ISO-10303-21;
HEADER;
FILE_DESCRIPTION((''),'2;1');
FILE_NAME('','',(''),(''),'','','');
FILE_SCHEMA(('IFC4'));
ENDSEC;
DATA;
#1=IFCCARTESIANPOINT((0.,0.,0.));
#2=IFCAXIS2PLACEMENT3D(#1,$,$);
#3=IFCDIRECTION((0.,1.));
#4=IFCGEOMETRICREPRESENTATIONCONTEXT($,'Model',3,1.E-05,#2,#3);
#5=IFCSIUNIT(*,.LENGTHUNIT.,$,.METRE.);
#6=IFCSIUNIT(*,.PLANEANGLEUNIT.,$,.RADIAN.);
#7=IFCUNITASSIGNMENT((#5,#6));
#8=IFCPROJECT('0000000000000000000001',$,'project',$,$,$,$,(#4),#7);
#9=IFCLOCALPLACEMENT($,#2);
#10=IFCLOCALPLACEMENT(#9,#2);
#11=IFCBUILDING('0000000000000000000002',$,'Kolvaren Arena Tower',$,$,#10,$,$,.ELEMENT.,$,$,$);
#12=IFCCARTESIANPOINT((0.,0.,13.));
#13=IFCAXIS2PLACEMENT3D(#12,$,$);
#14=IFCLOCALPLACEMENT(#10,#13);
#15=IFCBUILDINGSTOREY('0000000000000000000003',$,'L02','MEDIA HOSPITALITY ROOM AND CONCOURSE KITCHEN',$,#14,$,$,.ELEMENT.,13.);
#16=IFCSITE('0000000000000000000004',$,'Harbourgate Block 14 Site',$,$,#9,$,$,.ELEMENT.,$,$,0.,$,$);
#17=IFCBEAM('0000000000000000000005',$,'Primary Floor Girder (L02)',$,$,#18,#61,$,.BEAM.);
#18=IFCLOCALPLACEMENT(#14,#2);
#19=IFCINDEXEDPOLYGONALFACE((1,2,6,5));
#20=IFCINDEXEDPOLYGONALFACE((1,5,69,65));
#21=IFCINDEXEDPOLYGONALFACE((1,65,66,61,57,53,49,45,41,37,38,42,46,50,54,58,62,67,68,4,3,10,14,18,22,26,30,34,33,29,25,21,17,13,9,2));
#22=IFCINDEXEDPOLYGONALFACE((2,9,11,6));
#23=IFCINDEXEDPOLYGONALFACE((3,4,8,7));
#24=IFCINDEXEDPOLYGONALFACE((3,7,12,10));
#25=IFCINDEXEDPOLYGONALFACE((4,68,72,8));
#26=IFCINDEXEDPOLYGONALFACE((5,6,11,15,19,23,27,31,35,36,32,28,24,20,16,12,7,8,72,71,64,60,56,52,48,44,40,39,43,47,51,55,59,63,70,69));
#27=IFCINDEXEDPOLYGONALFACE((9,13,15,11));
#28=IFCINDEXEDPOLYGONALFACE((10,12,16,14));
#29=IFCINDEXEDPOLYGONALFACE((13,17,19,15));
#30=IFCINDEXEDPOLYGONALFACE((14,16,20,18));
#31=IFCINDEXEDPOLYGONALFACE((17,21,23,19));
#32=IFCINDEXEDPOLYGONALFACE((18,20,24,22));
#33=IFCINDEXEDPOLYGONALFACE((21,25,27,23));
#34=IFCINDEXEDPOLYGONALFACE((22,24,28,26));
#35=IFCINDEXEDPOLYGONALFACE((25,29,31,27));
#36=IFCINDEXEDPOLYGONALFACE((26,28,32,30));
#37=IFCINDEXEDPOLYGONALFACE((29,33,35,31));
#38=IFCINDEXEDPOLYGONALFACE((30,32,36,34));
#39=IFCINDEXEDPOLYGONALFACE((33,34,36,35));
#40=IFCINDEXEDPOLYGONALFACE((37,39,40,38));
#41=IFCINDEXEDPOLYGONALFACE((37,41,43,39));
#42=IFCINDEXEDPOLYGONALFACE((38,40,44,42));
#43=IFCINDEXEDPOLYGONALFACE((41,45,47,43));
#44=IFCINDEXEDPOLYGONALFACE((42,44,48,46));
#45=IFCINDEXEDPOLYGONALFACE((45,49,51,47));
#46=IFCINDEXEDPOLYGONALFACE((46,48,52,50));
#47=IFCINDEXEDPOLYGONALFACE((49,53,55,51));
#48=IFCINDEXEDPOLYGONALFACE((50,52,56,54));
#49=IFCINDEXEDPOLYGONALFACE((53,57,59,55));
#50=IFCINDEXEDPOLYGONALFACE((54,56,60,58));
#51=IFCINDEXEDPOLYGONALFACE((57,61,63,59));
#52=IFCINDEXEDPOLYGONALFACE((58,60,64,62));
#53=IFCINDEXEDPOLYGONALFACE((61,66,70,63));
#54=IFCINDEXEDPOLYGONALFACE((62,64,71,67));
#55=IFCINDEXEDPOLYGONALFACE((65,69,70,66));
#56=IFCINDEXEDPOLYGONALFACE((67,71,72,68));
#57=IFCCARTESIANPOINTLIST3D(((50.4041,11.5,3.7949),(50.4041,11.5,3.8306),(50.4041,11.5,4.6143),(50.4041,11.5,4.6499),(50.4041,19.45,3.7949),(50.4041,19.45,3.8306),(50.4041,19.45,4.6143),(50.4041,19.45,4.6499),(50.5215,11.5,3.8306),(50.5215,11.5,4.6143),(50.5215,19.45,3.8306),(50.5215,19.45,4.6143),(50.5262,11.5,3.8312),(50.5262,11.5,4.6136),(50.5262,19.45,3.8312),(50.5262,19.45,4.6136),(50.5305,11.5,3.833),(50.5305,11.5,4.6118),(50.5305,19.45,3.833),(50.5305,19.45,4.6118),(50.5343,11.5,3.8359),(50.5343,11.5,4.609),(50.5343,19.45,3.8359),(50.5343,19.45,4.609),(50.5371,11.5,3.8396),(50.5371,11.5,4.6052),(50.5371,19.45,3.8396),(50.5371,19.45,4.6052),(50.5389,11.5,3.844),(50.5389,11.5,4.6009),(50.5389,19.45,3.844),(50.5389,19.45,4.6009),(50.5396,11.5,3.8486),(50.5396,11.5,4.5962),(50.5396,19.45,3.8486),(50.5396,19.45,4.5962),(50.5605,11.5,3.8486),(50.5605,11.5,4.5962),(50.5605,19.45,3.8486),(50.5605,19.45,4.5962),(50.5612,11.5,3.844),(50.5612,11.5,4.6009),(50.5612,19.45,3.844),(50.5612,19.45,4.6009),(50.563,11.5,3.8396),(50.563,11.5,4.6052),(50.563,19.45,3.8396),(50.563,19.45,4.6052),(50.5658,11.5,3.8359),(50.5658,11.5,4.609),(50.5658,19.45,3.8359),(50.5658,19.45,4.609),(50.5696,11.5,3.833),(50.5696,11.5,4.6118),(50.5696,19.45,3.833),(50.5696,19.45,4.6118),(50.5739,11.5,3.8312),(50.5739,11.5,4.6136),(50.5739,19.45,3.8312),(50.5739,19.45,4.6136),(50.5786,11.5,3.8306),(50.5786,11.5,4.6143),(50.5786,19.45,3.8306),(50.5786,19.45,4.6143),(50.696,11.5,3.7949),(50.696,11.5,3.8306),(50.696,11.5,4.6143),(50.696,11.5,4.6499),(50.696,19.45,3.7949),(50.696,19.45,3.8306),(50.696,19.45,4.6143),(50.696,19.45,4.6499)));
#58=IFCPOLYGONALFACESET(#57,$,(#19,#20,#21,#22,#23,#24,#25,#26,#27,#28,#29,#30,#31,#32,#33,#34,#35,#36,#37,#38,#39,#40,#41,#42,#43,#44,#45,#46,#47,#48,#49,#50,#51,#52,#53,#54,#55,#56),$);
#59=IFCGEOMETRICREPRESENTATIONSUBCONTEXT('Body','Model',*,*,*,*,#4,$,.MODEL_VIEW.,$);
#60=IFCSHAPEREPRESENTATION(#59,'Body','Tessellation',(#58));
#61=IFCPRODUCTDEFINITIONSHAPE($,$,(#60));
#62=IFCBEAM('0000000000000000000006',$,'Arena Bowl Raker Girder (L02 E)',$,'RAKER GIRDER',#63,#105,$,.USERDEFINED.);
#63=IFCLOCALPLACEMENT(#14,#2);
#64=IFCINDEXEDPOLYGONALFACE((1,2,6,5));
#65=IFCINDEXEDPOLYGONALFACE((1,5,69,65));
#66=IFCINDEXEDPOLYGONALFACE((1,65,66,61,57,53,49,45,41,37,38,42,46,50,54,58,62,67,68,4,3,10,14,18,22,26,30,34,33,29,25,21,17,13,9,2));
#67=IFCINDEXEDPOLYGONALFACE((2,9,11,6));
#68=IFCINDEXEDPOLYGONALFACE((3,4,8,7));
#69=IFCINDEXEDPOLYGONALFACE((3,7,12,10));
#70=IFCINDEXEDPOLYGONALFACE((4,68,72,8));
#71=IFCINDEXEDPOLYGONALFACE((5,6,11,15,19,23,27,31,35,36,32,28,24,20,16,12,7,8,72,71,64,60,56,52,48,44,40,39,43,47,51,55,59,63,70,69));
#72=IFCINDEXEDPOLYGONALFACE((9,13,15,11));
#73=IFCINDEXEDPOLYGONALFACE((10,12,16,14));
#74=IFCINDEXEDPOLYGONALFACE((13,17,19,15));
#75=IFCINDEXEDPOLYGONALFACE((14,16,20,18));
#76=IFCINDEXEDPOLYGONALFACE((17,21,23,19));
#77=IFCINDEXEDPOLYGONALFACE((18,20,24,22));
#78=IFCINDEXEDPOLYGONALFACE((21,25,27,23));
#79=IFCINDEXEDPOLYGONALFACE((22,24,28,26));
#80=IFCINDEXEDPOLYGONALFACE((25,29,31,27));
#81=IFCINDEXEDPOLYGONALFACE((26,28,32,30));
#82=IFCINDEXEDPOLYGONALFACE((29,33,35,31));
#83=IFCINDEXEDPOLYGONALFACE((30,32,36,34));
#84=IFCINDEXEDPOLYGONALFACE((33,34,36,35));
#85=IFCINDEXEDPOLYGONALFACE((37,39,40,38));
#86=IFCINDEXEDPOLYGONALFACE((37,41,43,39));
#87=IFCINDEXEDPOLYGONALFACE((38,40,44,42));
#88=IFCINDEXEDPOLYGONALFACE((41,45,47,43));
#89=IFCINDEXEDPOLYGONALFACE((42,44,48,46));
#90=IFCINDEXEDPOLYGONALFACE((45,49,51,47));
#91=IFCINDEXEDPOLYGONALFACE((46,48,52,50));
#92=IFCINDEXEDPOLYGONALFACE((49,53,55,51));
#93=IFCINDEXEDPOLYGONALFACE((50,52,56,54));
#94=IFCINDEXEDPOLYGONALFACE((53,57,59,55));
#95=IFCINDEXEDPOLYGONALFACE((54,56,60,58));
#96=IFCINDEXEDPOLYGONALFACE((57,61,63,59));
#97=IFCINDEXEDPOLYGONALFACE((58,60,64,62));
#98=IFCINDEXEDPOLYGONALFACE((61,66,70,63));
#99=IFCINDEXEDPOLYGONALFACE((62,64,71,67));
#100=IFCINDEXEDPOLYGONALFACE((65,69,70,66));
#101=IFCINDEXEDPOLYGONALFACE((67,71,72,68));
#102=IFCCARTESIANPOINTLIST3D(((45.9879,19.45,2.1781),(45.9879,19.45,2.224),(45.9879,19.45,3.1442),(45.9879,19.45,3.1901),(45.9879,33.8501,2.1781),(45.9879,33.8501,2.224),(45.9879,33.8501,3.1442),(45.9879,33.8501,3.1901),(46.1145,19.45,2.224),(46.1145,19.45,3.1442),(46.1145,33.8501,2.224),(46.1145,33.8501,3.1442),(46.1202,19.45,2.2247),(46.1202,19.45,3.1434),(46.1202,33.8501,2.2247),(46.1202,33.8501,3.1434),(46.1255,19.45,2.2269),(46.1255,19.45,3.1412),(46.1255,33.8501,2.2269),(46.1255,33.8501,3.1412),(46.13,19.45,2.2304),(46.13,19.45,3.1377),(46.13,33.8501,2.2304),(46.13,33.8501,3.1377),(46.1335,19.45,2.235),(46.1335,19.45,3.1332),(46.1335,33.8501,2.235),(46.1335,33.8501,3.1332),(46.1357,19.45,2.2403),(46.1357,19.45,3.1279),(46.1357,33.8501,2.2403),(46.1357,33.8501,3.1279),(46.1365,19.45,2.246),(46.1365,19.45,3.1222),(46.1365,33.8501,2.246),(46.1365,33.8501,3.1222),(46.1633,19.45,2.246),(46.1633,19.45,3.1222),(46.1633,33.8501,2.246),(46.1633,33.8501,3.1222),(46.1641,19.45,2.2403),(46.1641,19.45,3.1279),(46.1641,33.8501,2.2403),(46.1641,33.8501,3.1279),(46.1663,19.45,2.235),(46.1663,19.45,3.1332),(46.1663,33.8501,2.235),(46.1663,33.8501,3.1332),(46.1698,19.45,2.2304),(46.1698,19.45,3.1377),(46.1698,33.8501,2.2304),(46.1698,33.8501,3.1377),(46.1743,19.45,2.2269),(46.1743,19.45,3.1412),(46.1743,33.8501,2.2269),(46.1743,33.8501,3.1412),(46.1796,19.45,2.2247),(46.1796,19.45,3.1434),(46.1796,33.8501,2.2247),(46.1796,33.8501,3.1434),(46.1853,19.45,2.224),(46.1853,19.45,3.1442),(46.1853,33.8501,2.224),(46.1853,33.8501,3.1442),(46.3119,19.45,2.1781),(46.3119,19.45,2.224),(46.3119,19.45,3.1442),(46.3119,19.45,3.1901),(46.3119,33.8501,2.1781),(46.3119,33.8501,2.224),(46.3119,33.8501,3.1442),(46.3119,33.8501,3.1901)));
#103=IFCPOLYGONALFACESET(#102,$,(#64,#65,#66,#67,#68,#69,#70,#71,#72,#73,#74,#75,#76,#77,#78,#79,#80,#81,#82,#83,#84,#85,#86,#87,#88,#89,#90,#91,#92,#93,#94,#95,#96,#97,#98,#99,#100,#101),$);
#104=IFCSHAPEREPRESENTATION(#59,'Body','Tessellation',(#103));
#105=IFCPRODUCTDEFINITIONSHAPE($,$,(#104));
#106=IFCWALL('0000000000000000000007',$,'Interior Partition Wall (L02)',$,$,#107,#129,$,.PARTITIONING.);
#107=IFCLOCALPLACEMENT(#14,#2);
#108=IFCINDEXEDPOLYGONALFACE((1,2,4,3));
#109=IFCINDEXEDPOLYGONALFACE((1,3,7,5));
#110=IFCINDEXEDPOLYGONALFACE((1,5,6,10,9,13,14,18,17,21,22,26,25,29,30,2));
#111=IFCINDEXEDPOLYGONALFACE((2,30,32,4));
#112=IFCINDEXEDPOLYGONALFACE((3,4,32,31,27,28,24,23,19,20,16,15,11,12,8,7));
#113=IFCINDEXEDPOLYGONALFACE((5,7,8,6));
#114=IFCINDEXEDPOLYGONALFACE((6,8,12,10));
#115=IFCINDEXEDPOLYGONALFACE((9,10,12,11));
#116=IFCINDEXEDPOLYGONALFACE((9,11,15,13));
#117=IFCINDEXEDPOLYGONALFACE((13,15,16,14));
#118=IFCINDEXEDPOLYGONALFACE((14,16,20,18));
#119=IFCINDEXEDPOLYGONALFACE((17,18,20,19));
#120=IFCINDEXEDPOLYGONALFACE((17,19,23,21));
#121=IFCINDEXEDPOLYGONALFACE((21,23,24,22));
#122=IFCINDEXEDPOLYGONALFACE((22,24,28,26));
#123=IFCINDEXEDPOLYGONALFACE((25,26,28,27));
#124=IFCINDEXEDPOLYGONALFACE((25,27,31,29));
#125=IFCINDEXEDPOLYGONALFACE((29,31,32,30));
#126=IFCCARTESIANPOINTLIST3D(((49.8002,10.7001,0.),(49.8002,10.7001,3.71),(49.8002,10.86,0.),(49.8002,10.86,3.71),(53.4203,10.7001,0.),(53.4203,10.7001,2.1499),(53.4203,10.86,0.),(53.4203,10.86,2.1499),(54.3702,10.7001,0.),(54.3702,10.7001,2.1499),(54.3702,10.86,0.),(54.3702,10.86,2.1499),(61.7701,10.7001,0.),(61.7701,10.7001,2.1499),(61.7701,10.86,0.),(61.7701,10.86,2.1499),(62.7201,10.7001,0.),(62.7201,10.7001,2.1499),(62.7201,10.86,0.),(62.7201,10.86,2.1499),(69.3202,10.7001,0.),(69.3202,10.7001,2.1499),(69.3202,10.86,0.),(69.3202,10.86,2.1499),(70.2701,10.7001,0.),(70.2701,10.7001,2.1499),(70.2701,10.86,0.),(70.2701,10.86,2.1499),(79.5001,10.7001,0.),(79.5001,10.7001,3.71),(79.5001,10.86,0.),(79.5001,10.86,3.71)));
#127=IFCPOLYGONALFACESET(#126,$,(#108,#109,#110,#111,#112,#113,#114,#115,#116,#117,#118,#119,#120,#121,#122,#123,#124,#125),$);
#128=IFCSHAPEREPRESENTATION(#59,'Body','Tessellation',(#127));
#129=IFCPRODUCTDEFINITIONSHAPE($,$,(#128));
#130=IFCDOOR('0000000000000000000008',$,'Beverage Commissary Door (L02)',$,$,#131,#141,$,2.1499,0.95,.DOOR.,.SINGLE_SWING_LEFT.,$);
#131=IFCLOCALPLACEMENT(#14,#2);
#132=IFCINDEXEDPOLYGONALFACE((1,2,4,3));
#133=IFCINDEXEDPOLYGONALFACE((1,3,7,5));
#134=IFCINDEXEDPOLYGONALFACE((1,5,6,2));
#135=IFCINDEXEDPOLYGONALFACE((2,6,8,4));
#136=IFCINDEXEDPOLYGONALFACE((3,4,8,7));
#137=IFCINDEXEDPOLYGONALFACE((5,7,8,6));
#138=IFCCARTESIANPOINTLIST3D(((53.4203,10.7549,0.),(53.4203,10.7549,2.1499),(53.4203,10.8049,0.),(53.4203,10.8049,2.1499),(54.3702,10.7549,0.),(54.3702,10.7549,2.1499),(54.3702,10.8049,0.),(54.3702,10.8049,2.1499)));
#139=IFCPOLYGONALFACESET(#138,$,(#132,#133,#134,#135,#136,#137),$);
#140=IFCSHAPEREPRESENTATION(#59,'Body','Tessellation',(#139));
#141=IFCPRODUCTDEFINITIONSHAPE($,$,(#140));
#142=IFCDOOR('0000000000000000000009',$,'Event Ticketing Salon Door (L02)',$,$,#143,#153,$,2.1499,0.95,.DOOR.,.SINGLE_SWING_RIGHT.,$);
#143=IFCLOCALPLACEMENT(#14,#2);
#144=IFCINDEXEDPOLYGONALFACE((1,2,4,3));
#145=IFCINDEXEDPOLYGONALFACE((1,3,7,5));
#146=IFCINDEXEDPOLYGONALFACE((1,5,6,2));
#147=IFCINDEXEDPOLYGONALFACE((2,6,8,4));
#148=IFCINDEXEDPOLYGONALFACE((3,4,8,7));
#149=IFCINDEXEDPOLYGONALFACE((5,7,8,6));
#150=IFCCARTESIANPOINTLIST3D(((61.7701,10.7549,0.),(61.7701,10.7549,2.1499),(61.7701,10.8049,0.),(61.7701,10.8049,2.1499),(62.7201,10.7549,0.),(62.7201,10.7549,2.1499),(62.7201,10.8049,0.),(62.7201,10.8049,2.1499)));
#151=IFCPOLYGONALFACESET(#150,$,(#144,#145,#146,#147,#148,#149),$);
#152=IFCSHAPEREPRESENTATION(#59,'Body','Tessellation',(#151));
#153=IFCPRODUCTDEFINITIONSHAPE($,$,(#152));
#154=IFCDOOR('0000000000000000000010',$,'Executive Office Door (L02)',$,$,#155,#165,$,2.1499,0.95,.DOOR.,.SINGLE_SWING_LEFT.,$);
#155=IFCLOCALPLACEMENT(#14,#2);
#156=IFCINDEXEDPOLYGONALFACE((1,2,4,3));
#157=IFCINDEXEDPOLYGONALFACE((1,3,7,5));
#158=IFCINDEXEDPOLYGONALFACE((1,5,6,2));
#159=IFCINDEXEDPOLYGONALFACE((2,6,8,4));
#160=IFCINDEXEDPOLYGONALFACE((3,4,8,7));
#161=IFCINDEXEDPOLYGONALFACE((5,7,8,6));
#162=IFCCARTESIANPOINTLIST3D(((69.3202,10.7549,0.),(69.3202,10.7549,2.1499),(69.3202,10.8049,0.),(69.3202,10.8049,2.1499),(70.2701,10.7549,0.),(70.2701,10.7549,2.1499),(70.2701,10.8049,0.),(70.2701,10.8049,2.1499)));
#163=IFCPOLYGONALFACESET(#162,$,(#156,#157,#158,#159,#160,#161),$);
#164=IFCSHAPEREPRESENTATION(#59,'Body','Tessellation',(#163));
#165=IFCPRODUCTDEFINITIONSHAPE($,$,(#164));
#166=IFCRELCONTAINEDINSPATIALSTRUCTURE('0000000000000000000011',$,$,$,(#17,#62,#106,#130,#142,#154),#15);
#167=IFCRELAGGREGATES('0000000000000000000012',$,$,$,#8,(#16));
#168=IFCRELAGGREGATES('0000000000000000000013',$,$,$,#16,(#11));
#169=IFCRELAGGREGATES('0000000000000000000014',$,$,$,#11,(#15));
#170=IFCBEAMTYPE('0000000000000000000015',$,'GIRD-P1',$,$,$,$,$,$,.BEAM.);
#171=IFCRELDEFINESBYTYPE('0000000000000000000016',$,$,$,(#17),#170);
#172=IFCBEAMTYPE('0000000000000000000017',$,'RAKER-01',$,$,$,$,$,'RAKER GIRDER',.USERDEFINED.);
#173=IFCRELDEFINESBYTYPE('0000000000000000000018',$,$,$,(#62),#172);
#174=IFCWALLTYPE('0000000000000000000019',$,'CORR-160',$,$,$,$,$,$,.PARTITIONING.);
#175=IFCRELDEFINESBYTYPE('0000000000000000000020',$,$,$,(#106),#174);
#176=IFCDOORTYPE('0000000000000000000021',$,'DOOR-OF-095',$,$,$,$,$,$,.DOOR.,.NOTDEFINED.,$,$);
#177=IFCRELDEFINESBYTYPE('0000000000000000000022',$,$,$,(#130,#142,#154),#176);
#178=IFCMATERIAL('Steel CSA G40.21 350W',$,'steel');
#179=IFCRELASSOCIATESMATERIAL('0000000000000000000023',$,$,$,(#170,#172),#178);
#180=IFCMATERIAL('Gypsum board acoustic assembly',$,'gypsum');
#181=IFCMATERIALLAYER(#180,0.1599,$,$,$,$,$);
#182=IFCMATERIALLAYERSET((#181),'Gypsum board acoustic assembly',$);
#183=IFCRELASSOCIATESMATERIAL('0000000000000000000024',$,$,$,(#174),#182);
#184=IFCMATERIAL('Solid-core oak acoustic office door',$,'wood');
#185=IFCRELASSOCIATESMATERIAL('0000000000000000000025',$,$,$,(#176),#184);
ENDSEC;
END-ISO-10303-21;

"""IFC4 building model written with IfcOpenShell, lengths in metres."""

from ifc_helpers import new_model, si_unit, direction, frame, frame_2d, origin, origin_2d, place, context, subcontext, project, spatial, rectangle, i_section, extrude, material, layer, layer_set, material_profile, profile_set, type_object, element, fill, save


model = new_model("IFC4")

# Units and contexts
model_context = context("Model", 3, precision=1e-05, world=origin(), true_north=direction((0.0, 1.0)))
body_context = subcontext(model_context, "Body", "Model", "MODEL_VIEW")
ifc_project = project(units=[si_unit("LENGTHUNIT", "METRE"), si_unit("PLANEANGLEUNIT", "RADIAN")], contexts=[model_context])

# Site, building, storey
site_placement = place(None, origin())
site = spatial("IfcSite", under=ifc_project, at=site_placement, Name="Harbourgate Block 14 Site", CompositionType="ELEMENT", RefElevation=0.0)
building_placement = place(site_placement, origin())
building = spatial("IfcBuilding", under=site, at=building_placement, Name="Kolvaren Arena Tower", CompositionType="ELEMENT")
storey_placement = place(building_placement, frame((0.0, 0.0, 13.0)))
storey = spatial("IfcBuildingStorey", under=building, at=storey_placement, Name="L02", Description="MEDIA HOSPITALITY ROOM AND CONCOURSE KITCHEN", CompositionType="ELEMENT", Elevation=13.0)

# Beams
ifc_material_1 = material(Name="Steel CSA G40.21 350W", Category="steel")
ifc_material_profile_1 = material_profile(ifc_material_1, i_section(OverallWidth=0.292, OverallDepth=0.855, WebThickness=0.021, FlangeThickness=0.0356, FilletRadius=0.0181, at=origin_2d()), Name="W840x299")
ifc_profile_set_1 = profile_set([ifc_material_profile_1], Name="Steel CSA G40.21 350W")
beam_type_1 = type_object("IfcBeamType", Name="GIRD-P1", PredefinedType="BEAM", material=ifc_profile_set_1)
beam_1_placement = place(storey_placement, frame((50.55, 11.5, 4.2224), z_axis=(0.0, 1.0, 0.0), x_axis=(-1.0, 0.0, 0.0)))
element("IfcBeam", 1, at=beam_1_placement, inside=storey, type_object=beam_type_1, Name="Primary Floor Girder (L02)", PredefinedType="BEAM", context=body_context, shape_type="SweptSolid", body=[
    extrude(i_section(OverallWidth=0.292, OverallDepth=0.855, WebThickness=0.021, FlangeThickness=0.0356, FilletRadius=0.0181, at=origin_2d()), origin(), (0.0, 0.0, 1.0), 7.95),
])
ifc_material_profile_2 = material_profile(ifc_material_1, i_section(OverallWidth=0.324, OverallDepth=1.012, WebThickness=0.0269, FlangeThickness=0.0459, FilletRadius=0.022, at=origin_2d()), Name="W1000x443")
ifc_profile_set_2 = profile_set([ifc_material_profile_2], Name="Steel CSA G40.21 350W")
beam_type_2 = type_object("IfcBeamType", Name="RAKER-01", ElementType="RAKER GIRDER", PredefinedType="USERDEFINED", material=ifc_profile_set_2)
beam_2_placement = place(storey_placement, frame((46.1499, 19.45, 2.6841), z_axis=(0.0, 1.0, 0.0), x_axis=(-1.0, 0.0, 0.0)))
element("IfcBeam", 2, at=beam_2_placement, inside=storey, type_object=beam_type_2, Name="Arena Bowl Raker Girder (L02 E)", ObjectType="RAKER GIRDER", PredefinedType="USERDEFINED", context=body_context, shape_type="SweptSolid", body=[
    extrude(i_section(OverallWidth=0.324, OverallDepth=1.012, WebThickness=0.0269, FlangeThickness=0.0459, FilletRadius=0.022, at=origin_2d()), origin(), (0.0, 0.0, 1.0), 14.4001),
])

# Wall, openings, doors
ifc_material_2 = material(Name="Gypsum board acoustic assembly", Category="gypsum")
ifc_layer_1 = layer(ifc_material_2, 0.1599)
ifc_layer_set_1 = layer_set([ifc_layer_1], Name="Gypsum board acoustic assembly")
wall_type_1 = type_object("IfcWallType", Name="CORR-160", PredefinedType="PARTITIONING", material=ifc_layer_set_1)
wall_1_placement = place(storey_placement, frame((49.8, 10.78, 0.0), z_axis=(0.0, 0.0, 1.0), x_axis=(1.0, 0.0, 0.0)))
wall_1 = element("IfcWall", 3, at=wall_1_placement, inside=storey, type_object=wall_type_1, Name="Interior Partition Wall (L02)", PredefinedType="PARTITIONING", context=body_context, shape_type="SweptSolid", body=[
    extrude(rectangle(XDim=29.7, YDim=0.1599, at=frame_2d((14.8501, 0.0))), origin(), (0.0, 0.0, 1.0), 3.71),
])
opening_1_placement = place(wall_1_placement, frame((3.6201, 0.0, 0.0)))
opening_1 = element("IfcOpeningElement", 4, at=opening_1_placement, cuts=wall_1, PredefinedType="OPENING", context=body_context, shape_type="SweptSolid", body=[
    extrude(rectangle(XDim=0.95, YDim=2.1499, at=frame_2d((0.4751, 1.075))), frame((0.0, 0.0898, 0.0), z_axis=(0.0, -1.0, 0.0), x_axis=(1.0, 0.0, 0.0)), (0.0, 0.0, 1.0), 0.1799),
])
opening_2_placement = place(wall_1_placement, frame((11.97, 0.0, 0.0)))
opening_2 = element("IfcOpeningElement", 5, at=opening_2_placement, cuts=wall_1, PredefinedType="OPENING", context=body_context, shape_type="SweptSolid", body=[
    extrude(rectangle(XDim=0.95, YDim=2.1499, at=frame_2d((0.4751, 1.075))), frame((0.0, 0.0898, 0.0), z_axis=(0.0, -1.0, 0.0), x_axis=(1.0, 0.0, 0.0)), (0.0, 0.0, 1.0), 0.1799),
])
opening_3_placement = place(wall_1_placement, frame((19.52, 0.0, 0.0)))
opening_3 = element("IfcOpeningElement", 6, at=opening_3_placement, cuts=wall_1, PredefinedType="OPENING", context=body_context, shape_type="SweptSolid", body=[
    extrude(rectangle(XDim=0.95, YDim=2.1499, at=frame_2d((0.4751, 1.075))), frame((0.0, 0.0898, 0.0), z_axis=(0.0, -1.0, 0.0), x_axis=(1.0, 0.0, 0.0)), (0.0, 0.0, 1.0), 0.1799),
])
ifc_material_3 = material(Name="Solid-core oak acoustic office door", Category="wood")
door_type_1 = type_object("IfcDoorType", Name="DOOR-OF-095", OperationType="NOTDEFINED", PredefinedType="DOOR", material=ifc_material_3)
door_1_placement = place(opening_1_placement, origin())
door_1 = element("IfcDoor", 7, at=door_1_placement, inside=storey, type_object=door_type_1, Name="Beverage Commissary Door (L02)", OperationType="SINGLE_SWING_LEFT", OverallHeight=2.1499, OverallWidth=0.95, PredefinedType="DOOR", context=body_context, shape_type="SweptSolid", body=[
    extrude(rectangle(XDim=0.95, YDim=2.1499, at=frame_2d((0.4751, 1.075))), frame((0.0, 0.0249, 0.0), z_axis=(0.0, -1.0, 0.0), x_axis=(1.0, 0.0, 0.0)), (0.0, 0.0, 1.0), 0.05),
])
fill(opening_1, door_1)
door_2_placement = place(opening_2_placement, origin())
door_2 = element("IfcDoor", 8, at=door_2_placement, inside=storey, type_object=door_type_1, Name="Event Ticketing Salon Door (L02)", OperationType="SINGLE_SWING_RIGHT", OverallHeight=2.1499, OverallWidth=0.95, PredefinedType="DOOR", context=body_context, shape_type="SweptSolid", body=[
    extrude(rectangle(XDim=0.95, YDim=2.1499, at=frame_2d((0.4751, 1.075))), frame((0.0, 0.0249, 0.0), z_axis=(0.0, -1.0, 0.0), x_axis=(1.0, 0.0, 0.0)), (0.0, 0.0, 1.0), 0.05),
])
fill(opening_2, door_2)
door_3_placement = place(opening_3_placement, origin())
door_3 = element("IfcDoor", 9, at=door_3_placement, inside=storey, type_object=door_type_1, Name="Executive Office Door (L02)", OperationType="SINGLE_SWING_LEFT", OverallHeight=2.1499, OverallWidth=0.95, PredefinedType="DOOR", context=body_context, shape_type="SweptSolid", body=[
    extrude(rectangle(XDim=0.95, YDim=2.1499, at=frame_2d((0.4751, 1.075))), frame((0.0, 0.0249, 0.0), z_axis=(0.0, -1.0, 0.0), x_axis=(1.0, 0.0, 0.0)), (0.0, 0.0, 1.0), 0.05),
])
fill(opening_3, door_3)

save(model, "model.ifc")
